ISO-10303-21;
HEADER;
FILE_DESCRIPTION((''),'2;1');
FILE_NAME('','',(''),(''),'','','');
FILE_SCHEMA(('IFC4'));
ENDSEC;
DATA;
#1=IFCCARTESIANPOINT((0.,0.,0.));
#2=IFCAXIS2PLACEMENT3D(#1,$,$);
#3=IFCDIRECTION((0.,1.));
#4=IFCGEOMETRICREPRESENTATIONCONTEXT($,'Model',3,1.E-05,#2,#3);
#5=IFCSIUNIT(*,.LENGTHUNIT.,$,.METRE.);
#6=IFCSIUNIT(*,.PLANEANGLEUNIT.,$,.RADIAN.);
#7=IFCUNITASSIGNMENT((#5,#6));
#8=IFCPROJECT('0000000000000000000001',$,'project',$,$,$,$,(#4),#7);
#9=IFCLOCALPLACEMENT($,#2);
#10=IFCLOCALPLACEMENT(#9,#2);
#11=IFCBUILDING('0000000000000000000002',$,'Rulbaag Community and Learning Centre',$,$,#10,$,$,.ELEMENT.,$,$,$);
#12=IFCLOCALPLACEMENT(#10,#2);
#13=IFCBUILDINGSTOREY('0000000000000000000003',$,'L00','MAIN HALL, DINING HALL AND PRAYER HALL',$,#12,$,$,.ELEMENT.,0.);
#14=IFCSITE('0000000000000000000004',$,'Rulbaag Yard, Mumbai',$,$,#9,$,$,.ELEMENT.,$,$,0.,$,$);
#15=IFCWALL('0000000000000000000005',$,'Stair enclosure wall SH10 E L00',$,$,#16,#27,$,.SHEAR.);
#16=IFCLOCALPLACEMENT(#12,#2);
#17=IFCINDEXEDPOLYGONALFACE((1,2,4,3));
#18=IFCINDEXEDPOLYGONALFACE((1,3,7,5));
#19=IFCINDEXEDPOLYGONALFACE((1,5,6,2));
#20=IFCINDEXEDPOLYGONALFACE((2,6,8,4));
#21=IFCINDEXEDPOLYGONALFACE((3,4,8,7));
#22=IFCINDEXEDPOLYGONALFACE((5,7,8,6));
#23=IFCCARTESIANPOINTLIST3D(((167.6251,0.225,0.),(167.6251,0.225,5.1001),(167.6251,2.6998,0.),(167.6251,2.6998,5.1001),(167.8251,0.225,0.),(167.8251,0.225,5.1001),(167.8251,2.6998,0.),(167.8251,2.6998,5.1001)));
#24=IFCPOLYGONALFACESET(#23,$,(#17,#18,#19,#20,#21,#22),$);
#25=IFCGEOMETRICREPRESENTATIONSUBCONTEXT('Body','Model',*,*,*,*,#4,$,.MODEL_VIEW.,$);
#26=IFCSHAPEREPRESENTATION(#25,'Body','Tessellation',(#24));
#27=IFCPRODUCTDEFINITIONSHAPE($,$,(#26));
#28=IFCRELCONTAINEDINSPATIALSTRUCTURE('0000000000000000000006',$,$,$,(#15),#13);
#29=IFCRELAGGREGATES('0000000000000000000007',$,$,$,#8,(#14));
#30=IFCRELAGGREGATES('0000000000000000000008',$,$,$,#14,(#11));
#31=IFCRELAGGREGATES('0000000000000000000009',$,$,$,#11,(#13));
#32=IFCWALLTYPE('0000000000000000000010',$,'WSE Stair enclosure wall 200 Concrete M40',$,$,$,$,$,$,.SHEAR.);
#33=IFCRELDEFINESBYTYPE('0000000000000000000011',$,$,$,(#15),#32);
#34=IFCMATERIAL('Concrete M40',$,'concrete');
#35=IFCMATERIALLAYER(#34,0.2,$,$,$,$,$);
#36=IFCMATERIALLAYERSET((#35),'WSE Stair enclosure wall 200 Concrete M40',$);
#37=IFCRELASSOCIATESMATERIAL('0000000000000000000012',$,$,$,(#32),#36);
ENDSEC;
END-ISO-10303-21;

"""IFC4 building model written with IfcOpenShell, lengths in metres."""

from ifc_helpers import new_model, si_unit, direction, frame, frame_2d, origin, place, context, subcontext, project, spatial, rectangle, extrude, material, layer, layer_set, type_object, element, save


model = new_model("IFC4")

# Units and contexts
model_context = context("Model", 3, precision=1e-05, world=origin(), true_north=direction((0.0, 1.0)))
body_context = subcontext(model_context, "Body", "Model", "MODEL_VIEW")
ifc_project = project(units=[si_unit("LENGTHUNIT", "METRE"), si_unit("PLANEANGLEUNIT", "RADIAN")], contexts=[model_context])

# Site, building, storey
site_placement = place(None, origin())
site = spatial("IfcSite", under=ifc_project, at=site_placement, Name="Rulbaag Yard, Mumbai", CompositionType="ELEMENT", RefElevation=0.0)
building_placement = place(site_placement, origin())
building = spatial("IfcBuilding", under=site, at=building_placement, Name="Rulbaag Community and Learning Centre", CompositionType="ELEMENT")
storey_placement = place(building_placement, origin())
storey = spatial("IfcBuildingStorey", under=building, at=storey_placement, Name="L00", Description="MAIN HALL, DINING HALL AND PRAYER HALL", CompositionType="ELEMENT", Elevation=0.0)

# Shared definitions
ifc_material_1 = material(Name="Concrete M40", Category="concrete")

# Wall
ifc_layer_1 = layer(ifc_material_1, 0.2)
ifc_layer_set_1 = layer_set([ifc_layer_1], Name="WSE Stair enclosure wall 200 Concrete M40")
wall_type_1 = type_object("IfcWallType", Name="WSE Stair enclosure wall 200 Concrete M40", PredefinedType="SHEAR", material=ifc_layer_set_1)
wall_1_placement = place(storey_placement, frame((167.7251, 0.2251, 0.0), z_axis=(0.0, 0.0, 1.0), x_axis=(0.0, 1.0, 0.0)))
element("IfcWall", 1, at=wall_1_placement, inside=storey, type_object=wall_type_1, Name="Stair enclosure wall SH10 E L00", PredefinedType="SHEAR", context=body_context, shape_type="SweptSolid", body=[
    extrude(rectangle(XDim=2.4749, YDim=0.2, at=frame_2d((1.2373, 0.0))), origin(), (0.0, 0.0, 1.0), 5.1001),
])

save(model, "model.ifc")
